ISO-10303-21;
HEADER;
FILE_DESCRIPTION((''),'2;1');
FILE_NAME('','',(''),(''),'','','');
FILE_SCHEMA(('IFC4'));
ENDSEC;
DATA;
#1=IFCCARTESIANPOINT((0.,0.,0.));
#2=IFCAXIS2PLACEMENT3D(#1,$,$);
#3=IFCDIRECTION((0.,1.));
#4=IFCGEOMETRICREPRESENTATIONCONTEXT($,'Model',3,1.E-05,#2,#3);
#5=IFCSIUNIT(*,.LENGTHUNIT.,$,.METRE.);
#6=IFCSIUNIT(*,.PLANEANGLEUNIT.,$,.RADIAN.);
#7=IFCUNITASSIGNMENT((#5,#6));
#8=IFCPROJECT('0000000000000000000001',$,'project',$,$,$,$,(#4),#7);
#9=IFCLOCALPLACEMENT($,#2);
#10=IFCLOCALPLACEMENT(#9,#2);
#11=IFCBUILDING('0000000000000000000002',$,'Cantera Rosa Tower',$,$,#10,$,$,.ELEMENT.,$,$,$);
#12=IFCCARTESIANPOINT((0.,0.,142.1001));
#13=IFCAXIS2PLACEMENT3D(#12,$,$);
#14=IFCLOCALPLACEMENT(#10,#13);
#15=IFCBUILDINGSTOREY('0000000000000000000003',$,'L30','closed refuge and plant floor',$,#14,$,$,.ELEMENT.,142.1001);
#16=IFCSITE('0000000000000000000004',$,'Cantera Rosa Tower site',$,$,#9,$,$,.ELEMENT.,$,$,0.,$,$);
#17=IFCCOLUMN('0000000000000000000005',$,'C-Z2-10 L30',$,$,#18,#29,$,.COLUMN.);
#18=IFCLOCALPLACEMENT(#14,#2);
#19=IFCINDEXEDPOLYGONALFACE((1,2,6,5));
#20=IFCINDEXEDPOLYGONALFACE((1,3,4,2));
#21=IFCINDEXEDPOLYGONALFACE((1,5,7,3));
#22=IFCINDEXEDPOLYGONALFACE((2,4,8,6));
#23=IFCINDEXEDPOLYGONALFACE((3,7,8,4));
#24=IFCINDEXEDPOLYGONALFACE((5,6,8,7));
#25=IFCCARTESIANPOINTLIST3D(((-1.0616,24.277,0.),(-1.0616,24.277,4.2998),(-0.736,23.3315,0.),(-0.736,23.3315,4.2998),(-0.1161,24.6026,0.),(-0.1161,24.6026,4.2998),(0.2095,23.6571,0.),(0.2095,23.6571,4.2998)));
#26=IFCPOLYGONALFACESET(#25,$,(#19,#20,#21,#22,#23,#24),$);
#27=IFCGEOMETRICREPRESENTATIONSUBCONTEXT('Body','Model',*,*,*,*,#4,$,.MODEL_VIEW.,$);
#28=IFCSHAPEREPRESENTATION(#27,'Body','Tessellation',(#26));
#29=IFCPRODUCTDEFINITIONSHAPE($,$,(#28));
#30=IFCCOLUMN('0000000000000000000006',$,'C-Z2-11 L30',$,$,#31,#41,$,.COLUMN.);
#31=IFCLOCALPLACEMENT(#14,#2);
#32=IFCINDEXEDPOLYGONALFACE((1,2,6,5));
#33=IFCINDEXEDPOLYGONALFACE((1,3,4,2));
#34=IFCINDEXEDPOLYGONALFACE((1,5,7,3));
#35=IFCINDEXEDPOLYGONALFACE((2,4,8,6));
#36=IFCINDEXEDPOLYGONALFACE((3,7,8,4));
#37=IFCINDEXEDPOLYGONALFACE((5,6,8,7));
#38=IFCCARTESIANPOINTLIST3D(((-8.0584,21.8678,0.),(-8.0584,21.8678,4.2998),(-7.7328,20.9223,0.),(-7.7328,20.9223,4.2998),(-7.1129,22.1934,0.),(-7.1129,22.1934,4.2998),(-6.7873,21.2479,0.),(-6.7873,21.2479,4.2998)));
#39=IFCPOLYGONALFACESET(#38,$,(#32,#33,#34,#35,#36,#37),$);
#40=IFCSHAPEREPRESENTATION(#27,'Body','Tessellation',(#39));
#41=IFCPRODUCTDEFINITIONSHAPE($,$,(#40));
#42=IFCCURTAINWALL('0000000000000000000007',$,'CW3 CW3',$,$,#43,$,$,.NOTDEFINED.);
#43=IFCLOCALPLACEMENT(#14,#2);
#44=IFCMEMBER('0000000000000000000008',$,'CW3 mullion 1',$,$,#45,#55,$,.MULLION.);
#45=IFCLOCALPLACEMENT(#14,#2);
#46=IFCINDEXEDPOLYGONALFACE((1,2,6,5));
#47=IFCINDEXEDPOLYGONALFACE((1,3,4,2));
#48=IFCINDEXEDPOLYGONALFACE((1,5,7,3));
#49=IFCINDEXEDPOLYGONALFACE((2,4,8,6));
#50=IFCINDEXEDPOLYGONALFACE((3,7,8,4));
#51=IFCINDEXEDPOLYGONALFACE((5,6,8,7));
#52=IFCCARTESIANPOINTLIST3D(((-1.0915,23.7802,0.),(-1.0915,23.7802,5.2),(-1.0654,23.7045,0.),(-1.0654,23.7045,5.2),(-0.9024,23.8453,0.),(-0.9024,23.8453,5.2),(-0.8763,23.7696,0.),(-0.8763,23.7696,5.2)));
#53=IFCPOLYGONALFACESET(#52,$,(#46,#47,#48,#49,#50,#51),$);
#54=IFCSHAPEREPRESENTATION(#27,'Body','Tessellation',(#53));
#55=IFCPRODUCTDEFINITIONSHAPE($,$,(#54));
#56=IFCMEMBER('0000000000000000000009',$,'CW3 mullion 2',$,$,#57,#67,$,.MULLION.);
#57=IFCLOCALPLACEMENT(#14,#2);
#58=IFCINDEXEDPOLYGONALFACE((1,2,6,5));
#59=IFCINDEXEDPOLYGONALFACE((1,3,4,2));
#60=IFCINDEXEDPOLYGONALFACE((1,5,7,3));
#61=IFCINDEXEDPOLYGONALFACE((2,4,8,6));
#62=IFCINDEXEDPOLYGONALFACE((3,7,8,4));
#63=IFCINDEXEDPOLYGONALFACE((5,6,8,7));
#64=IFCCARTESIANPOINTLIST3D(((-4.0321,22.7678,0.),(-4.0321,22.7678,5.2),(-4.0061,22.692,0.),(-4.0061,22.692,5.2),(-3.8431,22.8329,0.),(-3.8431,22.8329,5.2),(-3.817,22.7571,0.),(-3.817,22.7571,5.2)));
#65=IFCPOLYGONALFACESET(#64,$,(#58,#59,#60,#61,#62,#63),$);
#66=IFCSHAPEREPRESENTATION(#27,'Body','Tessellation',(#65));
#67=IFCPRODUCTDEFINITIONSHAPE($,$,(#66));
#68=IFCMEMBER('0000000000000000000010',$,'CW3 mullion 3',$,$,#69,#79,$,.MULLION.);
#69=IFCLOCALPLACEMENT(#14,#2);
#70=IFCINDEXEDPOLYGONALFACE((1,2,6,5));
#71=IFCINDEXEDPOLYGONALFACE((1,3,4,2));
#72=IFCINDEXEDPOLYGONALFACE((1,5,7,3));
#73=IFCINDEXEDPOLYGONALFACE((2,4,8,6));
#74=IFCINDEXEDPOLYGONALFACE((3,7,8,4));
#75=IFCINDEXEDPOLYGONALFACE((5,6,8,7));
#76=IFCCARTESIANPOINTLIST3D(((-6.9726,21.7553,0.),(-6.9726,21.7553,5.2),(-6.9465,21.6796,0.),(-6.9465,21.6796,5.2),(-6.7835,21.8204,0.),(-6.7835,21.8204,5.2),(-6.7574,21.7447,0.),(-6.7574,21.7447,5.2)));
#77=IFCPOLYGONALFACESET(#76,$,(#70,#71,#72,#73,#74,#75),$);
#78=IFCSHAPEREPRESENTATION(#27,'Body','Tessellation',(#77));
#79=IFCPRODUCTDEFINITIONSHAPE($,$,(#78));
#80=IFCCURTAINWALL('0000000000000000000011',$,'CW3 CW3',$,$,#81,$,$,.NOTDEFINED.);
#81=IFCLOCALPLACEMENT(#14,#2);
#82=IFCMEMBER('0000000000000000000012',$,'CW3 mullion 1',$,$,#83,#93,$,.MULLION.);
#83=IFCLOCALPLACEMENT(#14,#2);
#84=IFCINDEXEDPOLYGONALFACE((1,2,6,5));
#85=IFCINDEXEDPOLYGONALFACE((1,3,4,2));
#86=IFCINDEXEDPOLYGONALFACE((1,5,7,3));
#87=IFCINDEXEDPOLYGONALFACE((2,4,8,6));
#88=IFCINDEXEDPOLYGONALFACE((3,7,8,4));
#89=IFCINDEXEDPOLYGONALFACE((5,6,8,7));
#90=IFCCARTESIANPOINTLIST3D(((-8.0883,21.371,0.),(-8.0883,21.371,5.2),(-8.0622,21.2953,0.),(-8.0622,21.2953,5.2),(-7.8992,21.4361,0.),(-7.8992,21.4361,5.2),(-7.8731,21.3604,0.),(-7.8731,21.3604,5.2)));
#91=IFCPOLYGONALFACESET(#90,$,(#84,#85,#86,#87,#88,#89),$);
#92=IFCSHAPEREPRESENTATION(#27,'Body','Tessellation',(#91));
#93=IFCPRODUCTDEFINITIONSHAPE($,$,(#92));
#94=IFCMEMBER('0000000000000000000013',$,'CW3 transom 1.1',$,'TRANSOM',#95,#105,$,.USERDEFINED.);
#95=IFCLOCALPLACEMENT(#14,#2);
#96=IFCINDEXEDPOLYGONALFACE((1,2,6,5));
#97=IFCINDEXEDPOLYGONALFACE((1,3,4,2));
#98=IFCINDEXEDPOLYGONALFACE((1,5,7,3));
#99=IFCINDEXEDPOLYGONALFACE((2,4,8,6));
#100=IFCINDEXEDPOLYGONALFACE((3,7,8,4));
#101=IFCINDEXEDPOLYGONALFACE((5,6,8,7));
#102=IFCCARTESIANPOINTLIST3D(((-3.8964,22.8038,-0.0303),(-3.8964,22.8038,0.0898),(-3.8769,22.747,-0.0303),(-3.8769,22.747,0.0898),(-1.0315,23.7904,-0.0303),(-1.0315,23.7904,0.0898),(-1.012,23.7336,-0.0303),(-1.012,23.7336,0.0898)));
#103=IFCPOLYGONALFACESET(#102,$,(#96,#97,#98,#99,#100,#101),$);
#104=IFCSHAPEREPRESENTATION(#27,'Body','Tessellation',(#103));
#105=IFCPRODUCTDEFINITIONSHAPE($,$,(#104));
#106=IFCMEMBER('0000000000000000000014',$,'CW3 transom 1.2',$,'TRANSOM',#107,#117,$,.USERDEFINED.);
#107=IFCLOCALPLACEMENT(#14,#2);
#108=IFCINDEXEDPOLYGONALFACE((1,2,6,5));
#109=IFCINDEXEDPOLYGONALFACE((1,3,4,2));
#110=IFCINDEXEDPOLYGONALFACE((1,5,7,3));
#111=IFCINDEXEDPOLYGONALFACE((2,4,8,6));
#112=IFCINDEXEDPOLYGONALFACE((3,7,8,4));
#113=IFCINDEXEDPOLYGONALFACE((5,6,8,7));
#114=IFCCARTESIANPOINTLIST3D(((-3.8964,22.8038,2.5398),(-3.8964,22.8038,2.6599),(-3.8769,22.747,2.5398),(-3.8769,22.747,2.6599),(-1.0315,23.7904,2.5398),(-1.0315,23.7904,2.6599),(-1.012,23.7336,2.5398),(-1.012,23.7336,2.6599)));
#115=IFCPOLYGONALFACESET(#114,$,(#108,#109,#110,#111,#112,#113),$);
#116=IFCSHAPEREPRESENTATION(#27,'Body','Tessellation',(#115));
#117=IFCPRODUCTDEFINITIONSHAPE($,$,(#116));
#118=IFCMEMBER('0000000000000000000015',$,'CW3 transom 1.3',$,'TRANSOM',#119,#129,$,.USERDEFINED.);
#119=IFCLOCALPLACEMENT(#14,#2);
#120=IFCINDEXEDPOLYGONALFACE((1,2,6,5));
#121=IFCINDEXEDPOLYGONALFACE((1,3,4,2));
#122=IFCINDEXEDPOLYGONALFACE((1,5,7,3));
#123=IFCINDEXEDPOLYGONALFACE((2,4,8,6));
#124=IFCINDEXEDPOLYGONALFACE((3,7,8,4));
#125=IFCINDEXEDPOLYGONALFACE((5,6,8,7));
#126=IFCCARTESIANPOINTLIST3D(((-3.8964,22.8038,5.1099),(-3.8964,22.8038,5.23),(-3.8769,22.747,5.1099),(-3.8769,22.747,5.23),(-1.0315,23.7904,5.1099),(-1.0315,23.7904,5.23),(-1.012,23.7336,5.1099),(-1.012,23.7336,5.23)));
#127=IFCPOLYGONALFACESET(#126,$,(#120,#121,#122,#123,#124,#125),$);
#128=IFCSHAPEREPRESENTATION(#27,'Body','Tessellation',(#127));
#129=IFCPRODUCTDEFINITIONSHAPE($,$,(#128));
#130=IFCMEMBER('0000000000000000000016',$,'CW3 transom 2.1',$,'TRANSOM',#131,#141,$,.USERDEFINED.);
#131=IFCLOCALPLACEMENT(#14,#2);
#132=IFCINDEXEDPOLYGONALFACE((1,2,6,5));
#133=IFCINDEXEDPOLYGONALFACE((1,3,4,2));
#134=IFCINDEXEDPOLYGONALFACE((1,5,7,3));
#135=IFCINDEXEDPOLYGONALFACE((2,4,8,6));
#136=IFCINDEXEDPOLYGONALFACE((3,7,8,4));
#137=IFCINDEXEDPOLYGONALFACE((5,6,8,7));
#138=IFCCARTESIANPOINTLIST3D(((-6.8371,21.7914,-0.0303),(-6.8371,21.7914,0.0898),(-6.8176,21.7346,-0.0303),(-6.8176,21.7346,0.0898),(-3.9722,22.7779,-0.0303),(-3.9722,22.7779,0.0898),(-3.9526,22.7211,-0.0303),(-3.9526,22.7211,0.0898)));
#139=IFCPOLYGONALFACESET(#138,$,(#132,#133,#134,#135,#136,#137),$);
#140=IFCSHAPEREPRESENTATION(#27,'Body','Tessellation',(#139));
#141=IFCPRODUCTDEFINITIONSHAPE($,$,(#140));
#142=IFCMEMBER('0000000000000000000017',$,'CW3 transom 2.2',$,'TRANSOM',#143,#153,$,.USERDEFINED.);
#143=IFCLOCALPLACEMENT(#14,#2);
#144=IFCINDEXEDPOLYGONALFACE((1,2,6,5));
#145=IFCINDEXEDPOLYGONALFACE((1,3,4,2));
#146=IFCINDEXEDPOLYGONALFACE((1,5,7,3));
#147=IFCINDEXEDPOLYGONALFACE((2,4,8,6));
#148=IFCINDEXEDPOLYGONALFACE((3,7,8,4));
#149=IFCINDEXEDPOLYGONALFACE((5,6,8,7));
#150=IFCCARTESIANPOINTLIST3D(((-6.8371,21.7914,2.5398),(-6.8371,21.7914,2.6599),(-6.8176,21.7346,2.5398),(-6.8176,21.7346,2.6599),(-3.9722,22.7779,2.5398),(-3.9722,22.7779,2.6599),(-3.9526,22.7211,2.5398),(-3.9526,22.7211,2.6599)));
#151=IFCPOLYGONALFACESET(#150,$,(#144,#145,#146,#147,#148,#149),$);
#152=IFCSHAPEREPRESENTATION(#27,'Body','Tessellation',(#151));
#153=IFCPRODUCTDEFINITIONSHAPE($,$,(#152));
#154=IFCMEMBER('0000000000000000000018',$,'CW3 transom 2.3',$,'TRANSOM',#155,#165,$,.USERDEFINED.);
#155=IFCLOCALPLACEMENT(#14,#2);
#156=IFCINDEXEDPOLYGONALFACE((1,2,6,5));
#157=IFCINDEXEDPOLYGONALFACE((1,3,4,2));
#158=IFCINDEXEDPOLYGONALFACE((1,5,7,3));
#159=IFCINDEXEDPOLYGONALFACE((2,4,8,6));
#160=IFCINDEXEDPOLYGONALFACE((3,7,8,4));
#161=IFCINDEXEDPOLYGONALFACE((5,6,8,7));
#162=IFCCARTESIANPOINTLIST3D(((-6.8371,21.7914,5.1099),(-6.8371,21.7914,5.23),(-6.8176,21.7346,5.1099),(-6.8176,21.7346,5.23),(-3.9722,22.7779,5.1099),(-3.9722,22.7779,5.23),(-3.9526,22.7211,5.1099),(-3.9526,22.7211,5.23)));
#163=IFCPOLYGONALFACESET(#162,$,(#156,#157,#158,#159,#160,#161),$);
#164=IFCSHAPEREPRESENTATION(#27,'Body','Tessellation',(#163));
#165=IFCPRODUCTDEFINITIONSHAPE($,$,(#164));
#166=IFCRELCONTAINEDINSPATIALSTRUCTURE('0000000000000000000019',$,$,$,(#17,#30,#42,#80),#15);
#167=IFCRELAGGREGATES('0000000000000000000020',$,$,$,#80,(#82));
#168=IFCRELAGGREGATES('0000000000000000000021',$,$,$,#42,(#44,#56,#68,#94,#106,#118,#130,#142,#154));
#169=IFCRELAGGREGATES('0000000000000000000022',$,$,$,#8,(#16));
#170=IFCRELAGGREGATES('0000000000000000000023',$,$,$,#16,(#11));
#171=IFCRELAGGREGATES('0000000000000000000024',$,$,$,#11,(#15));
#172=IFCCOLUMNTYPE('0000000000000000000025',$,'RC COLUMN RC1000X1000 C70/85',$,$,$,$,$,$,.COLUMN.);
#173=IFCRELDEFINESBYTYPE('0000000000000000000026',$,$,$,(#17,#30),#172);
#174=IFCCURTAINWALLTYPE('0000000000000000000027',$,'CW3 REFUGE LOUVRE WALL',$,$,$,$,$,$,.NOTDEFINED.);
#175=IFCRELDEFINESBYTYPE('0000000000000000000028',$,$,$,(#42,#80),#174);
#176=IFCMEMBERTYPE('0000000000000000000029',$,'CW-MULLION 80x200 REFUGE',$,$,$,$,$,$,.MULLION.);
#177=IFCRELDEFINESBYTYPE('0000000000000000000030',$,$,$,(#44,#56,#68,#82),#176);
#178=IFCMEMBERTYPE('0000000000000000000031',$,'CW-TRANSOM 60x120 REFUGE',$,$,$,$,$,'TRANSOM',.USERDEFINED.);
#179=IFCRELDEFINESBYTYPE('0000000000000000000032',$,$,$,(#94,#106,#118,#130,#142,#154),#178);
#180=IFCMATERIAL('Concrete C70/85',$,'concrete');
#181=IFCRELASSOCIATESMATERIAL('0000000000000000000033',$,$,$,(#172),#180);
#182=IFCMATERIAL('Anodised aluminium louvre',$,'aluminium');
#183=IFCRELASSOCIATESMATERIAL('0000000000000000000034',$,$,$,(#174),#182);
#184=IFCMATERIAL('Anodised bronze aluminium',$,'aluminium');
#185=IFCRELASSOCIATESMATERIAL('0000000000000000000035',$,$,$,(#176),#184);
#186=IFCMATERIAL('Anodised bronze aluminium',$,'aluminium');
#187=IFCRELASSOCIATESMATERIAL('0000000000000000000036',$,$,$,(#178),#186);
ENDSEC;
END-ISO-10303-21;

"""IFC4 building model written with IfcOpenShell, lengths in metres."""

from ifc_helpers import new_model, si_unit, direction, frame, origin, origin_2d, place, context, subcontext, project, spatial, rectangle, extrude, material, material_profile, profile_set, type_object, element, aggregate, save


model = new_model("IFC4")

# Units and contexts
model_context = context("Model", 3, precision=1e-05, world=origin(), true_north=direction((0.0, 1.0)))
body_context = subcontext(model_context, "Body", "Model", "MODEL_VIEW")
ifc_project = project(units=[si_unit("LENGTHUNIT", "METRE"), si_unit("PLANEANGLEUNIT", "RADIAN")], contexts=[model_context])

# Site, building, storey
site_placement = place(None, origin())
site = spatial("IfcSite", under=ifc_project, at=site_placement, Name="Cantera Rosa Tower site", CompositionType="ELEMENT", RefElevation=0.0)
building_placement = place(site_placement, origin())
building = spatial("IfcBuilding", under=site, at=building_placement, Name="Cantera Rosa Tower", CompositionType="ELEMENT")
storey_placement = place(building_placement, frame((0.0, 0.0, 142.1001)))
storey = spatial("IfcBuildingStorey", under=building, at=storey_placement, Name="L30", Description="closed refuge and plant floor", CompositionType="ELEMENT", Elevation=142.1001)

# Columns
ifc_material_1 = material(Name="Concrete C70/85", Category="concrete")
ifc_material_profile_1 = material_profile(ifc_material_1, rectangle(XDim=1.0, YDim=1.0, at=origin_2d()), Name="RC COLUMN RC1000X1000 C70/85")
ifc_profile_set_1 = profile_set([ifc_material_profile_1], Name="Concrete C70/85")
column_type = type_object("IfcColumnType", Name="RC COLUMN RC1000X1000 C70/85", PredefinedType="COLUMN", material=ifc_profile_set_1)
for number, where, z_axis, x_axis, name in (
    (1, (-0.426, 23.967, 0.0), (0.0, 0.0, 1.0), (0.945519, 0.325568, 0.0), "C-Z2-10 L30"),
    (2, (-7.4229, 21.5579, 0.0), (0.0, 0.0, 1.0), (0.945519, 0.325568, 0.0), "C-Z2-11 L30"),
):
    element("IfcColumn", number, at=place(storey_placement, frame(where, z_axis=z_axis, x_axis=x_axis)), inside=storey, type_object=column_type, Name=name, PredefinedType="COLUMN", context=body_context, shape_type="SweptSolid", body=[
        extrude(rectangle(XDim=1.0, YDim=1.0, at=origin_2d()), origin(), (0.0, 0.0, 1.0), 4.2998),
    ])

# Curtain wall, members
ifc_material_2 = material(Name="Anodised aluminium louvre", Category="aluminium")
curtain_wall_type = type_object("IfcCurtainWallType", Name="CW3 REFUGE LOUVRE WALL", PredefinedType="NOTDEFINED", material=ifc_material_2)
curtain_wall_1_placement = place(storey_placement, origin())
curtain_wall_1 = element("IfcCurtainWall", 3, at=curtain_wall_1_placement, inside=storey, type_object=curtain_wall_type, Name="CW3 CW3", PredefinedType="NOTDEFINED")
ifc_material_3 = material(Name="Anodised bronze aluminium", Category="aluminium")
ifc_material_profile_2 = material_profile(ifc_material_3, rectangle(XDim=0.0801, YDim=0.2, at=origin_2d()), Name="CW-MULLION 80x200 REFUGE")
ifc_profile_set_2 = profile_set([ifc_material_profile_2], Name="Anodised bronze aluminium")
member_type_1 = type_object("IfcMemberType", Name="CW-MULLION 80x200 REFUGE", PredefinedType="MULLION", material=ifc_profile_set_2)
member_1_placement = place(storey_placement, frame((-0.9839, 23.7749, 0.0), z_axis=(0.0, 0.0, 1.0), x_axis=(0.325568, -0.945519, 0.0)))
member_1 = element("IfcMember", 4, at=member_1_placement, type_object=member_type_1, Name="CW3 mullion 1", PredefinedType="MULLION", context=body_context, shape_type="SweptSolid", body=[
    extrude(rectangle(XDim=0.0801, YDim=0.2, at=origin_2d()), origin(), (0.0, 0.0, 1.0), 5.2),
])
member_2_placement = place(storey_placement, frame((-3.9246, 22.7625, 0.0), z_axis=(0.0, 0.0, 1.0), x_axis=(0.325568, -0.945519, 0.0)))
member_2 = element("IfcMember", 5, at=member_2_placement, type_object=member_type_1, Name="CW3 mullion 2", PredefinedType="MULLION", context=body_context, shape_type="SweptSolid", body=[
    extrude(rectangle(XDim=0.0801, YDim=0.2, at=origin_2d()), origin(), (0.0, 0.0, 1.0), 5.2),
])
member_3_placement = place(storey_placement, frame((-6.865, 21.75, 0.0), z_axis=(0.0, 0.0, 1.0), x_axis=(0.325568, -0.945519, 0.0)))
member_3 = element("IfcMember", 6, at=member_3_placement, type_object=member_type_1, Name="CW3 mullion 3", PredefinedType="MULLION", context=body_context, shape_type="SweptSolid", body=[
    extrude(rectangle(XDim=0.0801, YDim=0.2, at=origin_2d()), origin(), (0.0, 0.0, 1.0), 5.2),
])

# Curtain wall, member
curtain_wall_2_placement = place(storey_placement, origin())
curtain_wall_2 = element("IfcCurtainWall", 7, at=curtain_wall_2_placement, inside=storey, type_object=curtain_wall_type, Name="CW3 CW3", PredefinedType="NOTDEFINED")
member_4_placement = place(storey_placement, frame((-7.9807, 21.3657, 0.0), z_axis=(0.0, 0.0, 1.0), x_axis=(0.325568, -0.945519, 0.0)))
member_4 = element("IfcMember", 8, at=member_4_placement, type_object=member_type_1, Name="CW3 mullion 1", PredefinedType="MULLION", context=body_context, shape_type="SweptSolid", body=[
    extrude(rectangle(XDim=0.0801, YDim=0.2, at=origin_2d()), origin(), (0.0, 0.0, 1.0), 5.2),
])
aggregate(curtain_wall_2, [member_4])

# Members
ifc_material_4 = material(Name="Anodised bronze aluminium", Category="aluminium")
ifc_material_profile_3 = material_profile(ifc_material_4, rectangle(XDim=0.0601, YDim=0.1201, at=origin_2d()), Name="CW-TRANSOM 60x120 REFUGE")
ifc_profile_set_3 = profile_set([ifc_material_profile_3], Name="Anodised bronze aluminium")
member_type_2 = type_object("IfcMemberType", Name="CW-TRANSOM 60x120 REFUGE", ElementType="TRANSOM", PredefinedType="USERDEFINED", material=ifc_profile_set_3)
member_5_placement = place(storey_placement, frame((-1.0217, 23.762, 0.0298), z_axis=(-0.945511, -0.325591, 0.0), x_axis=(0.325591, -0.945511, 0.0)))
member_5 = element("IfcMember", 9, at=member_5_placement, type_object=member_type_2, Name="CW3 transom 1.1", ObjectType="TRANSOM", PredefinedType="USERDEFINED", context=body_context, shape_type="SweptSolid", body=[
    extrude(rectangle(XDim=0.0601, YDim=0.1201, at=origin_2d()), origin(), (0.0, 0.0, 1.0), 3.03),
])
member_6_placement = place(storey_placement, frame((-1.0217, 23.762, 2.5999), z_axis=(-0.945511, -0.325591, 0.0), x_axis=(0.325591, -0.945511, 0.0)))
member_6 = element("IfcMember", 10, at=member_6_placement, type_object=member_type_2, Name="CW3 transom 1.2", ObjectType="TRANSOM", PredefinedType="USERDEFINED", context=body_context, shape_type="SweptSolid", body=[
    extrude(rectangle(XDim=0.0601, YDim=0.1201, at=origin_2d()), origin(), (0.0, 0.0, 1.0), 3.03),
])
member_7_placement = place(storey_placement, frame((-1.0217, 23.762, 5.1699), z_axis=(-0.945511, -0.325591, 0.0), x_axis=(0.325591, -0.945511, 0.0)))
member_7 = element("IfcMember", 11, at=member_7_placement, type_object=member_type_2, Name="CW3 transom 1.3", ObjectType="TRANSOM", PredefinedType="USERDEFINED", context=body_context, shape_type="SweptSolid", body=[
    extrude(rectangle(XDim=0.0601, YDim=0.1201, at=origin_2d()), origin(), (0.0, 0.0, 1.0), 3.03),
])
member_8_placement = place(storey_placement, frame((-3.9624, 22.7495, 0.0298), z_axis=(-0.945511, -0.325591, 0.0), x_axis=(0.325591, -0.945511, 0.0)))
member_8 = element("IfcMember", 12, at=member_8_placement, type_object=member_type_2, Name="CW3 transom 2.1", ObjectType="TRANSOM", PredefinedType="USERDEFINED", context=body_context, shape_type="SweptSolid", body=[
    extrude(rectangle(XDim=0.0601, YDim=0.1201, at=origin_2d()), origin(), (0.0, 0.0, 1.0), 3.03),
])
member_9_placement = place(storey_placement, frame((-3.9624, 22.7495, 2.5999), z_axis=(-0.945511, -0.325591, 0.0), x_axis=(0.325591, -0.945511, 0.0)))
member_9 = element("IfcMember", 13, at=member_9_placement, type_object=member_type_2, Name="CW3 transom 2.2", ObjectType="TRANSOM", PredefinedType="USERDEFINED", context=body_context, shape_type="SweptSolid", body=[
    extrude(rectangle(XDim=0.0601, YDim=0.1201, at=origin_2d()), origin(), (0.0, 0.0, 1.0), 3.03),
])
member_10_placement = place(storey_placement, frame((-3.9624, 22.7495, 5.1699), z_axis=(-0.945511, -0.325591, 0.0), x_axis=(0.325591, -0.945511, 0.0)))
member_10 = element("IfcMember", 14, at=member_10_placement, type_object=member_type_2, Name="CW3 transom 2.3", ObjectType="TRANSOM", PredefinedType="USERDEFINED", context=body_context, shape_type="SweptSolid", body=[
    extrude(rectangle(XDim=0.0601, YDim=0.1201, at=origin_2d()), origin(), (0.0, 0.0, 1.0), 3.03),
])

aggregate(curtain_wall_1, [member_1, member_2, member_3, member_5, member_6, member_7, member_8, member_9, member_10])

save(model, "model.ifc")
